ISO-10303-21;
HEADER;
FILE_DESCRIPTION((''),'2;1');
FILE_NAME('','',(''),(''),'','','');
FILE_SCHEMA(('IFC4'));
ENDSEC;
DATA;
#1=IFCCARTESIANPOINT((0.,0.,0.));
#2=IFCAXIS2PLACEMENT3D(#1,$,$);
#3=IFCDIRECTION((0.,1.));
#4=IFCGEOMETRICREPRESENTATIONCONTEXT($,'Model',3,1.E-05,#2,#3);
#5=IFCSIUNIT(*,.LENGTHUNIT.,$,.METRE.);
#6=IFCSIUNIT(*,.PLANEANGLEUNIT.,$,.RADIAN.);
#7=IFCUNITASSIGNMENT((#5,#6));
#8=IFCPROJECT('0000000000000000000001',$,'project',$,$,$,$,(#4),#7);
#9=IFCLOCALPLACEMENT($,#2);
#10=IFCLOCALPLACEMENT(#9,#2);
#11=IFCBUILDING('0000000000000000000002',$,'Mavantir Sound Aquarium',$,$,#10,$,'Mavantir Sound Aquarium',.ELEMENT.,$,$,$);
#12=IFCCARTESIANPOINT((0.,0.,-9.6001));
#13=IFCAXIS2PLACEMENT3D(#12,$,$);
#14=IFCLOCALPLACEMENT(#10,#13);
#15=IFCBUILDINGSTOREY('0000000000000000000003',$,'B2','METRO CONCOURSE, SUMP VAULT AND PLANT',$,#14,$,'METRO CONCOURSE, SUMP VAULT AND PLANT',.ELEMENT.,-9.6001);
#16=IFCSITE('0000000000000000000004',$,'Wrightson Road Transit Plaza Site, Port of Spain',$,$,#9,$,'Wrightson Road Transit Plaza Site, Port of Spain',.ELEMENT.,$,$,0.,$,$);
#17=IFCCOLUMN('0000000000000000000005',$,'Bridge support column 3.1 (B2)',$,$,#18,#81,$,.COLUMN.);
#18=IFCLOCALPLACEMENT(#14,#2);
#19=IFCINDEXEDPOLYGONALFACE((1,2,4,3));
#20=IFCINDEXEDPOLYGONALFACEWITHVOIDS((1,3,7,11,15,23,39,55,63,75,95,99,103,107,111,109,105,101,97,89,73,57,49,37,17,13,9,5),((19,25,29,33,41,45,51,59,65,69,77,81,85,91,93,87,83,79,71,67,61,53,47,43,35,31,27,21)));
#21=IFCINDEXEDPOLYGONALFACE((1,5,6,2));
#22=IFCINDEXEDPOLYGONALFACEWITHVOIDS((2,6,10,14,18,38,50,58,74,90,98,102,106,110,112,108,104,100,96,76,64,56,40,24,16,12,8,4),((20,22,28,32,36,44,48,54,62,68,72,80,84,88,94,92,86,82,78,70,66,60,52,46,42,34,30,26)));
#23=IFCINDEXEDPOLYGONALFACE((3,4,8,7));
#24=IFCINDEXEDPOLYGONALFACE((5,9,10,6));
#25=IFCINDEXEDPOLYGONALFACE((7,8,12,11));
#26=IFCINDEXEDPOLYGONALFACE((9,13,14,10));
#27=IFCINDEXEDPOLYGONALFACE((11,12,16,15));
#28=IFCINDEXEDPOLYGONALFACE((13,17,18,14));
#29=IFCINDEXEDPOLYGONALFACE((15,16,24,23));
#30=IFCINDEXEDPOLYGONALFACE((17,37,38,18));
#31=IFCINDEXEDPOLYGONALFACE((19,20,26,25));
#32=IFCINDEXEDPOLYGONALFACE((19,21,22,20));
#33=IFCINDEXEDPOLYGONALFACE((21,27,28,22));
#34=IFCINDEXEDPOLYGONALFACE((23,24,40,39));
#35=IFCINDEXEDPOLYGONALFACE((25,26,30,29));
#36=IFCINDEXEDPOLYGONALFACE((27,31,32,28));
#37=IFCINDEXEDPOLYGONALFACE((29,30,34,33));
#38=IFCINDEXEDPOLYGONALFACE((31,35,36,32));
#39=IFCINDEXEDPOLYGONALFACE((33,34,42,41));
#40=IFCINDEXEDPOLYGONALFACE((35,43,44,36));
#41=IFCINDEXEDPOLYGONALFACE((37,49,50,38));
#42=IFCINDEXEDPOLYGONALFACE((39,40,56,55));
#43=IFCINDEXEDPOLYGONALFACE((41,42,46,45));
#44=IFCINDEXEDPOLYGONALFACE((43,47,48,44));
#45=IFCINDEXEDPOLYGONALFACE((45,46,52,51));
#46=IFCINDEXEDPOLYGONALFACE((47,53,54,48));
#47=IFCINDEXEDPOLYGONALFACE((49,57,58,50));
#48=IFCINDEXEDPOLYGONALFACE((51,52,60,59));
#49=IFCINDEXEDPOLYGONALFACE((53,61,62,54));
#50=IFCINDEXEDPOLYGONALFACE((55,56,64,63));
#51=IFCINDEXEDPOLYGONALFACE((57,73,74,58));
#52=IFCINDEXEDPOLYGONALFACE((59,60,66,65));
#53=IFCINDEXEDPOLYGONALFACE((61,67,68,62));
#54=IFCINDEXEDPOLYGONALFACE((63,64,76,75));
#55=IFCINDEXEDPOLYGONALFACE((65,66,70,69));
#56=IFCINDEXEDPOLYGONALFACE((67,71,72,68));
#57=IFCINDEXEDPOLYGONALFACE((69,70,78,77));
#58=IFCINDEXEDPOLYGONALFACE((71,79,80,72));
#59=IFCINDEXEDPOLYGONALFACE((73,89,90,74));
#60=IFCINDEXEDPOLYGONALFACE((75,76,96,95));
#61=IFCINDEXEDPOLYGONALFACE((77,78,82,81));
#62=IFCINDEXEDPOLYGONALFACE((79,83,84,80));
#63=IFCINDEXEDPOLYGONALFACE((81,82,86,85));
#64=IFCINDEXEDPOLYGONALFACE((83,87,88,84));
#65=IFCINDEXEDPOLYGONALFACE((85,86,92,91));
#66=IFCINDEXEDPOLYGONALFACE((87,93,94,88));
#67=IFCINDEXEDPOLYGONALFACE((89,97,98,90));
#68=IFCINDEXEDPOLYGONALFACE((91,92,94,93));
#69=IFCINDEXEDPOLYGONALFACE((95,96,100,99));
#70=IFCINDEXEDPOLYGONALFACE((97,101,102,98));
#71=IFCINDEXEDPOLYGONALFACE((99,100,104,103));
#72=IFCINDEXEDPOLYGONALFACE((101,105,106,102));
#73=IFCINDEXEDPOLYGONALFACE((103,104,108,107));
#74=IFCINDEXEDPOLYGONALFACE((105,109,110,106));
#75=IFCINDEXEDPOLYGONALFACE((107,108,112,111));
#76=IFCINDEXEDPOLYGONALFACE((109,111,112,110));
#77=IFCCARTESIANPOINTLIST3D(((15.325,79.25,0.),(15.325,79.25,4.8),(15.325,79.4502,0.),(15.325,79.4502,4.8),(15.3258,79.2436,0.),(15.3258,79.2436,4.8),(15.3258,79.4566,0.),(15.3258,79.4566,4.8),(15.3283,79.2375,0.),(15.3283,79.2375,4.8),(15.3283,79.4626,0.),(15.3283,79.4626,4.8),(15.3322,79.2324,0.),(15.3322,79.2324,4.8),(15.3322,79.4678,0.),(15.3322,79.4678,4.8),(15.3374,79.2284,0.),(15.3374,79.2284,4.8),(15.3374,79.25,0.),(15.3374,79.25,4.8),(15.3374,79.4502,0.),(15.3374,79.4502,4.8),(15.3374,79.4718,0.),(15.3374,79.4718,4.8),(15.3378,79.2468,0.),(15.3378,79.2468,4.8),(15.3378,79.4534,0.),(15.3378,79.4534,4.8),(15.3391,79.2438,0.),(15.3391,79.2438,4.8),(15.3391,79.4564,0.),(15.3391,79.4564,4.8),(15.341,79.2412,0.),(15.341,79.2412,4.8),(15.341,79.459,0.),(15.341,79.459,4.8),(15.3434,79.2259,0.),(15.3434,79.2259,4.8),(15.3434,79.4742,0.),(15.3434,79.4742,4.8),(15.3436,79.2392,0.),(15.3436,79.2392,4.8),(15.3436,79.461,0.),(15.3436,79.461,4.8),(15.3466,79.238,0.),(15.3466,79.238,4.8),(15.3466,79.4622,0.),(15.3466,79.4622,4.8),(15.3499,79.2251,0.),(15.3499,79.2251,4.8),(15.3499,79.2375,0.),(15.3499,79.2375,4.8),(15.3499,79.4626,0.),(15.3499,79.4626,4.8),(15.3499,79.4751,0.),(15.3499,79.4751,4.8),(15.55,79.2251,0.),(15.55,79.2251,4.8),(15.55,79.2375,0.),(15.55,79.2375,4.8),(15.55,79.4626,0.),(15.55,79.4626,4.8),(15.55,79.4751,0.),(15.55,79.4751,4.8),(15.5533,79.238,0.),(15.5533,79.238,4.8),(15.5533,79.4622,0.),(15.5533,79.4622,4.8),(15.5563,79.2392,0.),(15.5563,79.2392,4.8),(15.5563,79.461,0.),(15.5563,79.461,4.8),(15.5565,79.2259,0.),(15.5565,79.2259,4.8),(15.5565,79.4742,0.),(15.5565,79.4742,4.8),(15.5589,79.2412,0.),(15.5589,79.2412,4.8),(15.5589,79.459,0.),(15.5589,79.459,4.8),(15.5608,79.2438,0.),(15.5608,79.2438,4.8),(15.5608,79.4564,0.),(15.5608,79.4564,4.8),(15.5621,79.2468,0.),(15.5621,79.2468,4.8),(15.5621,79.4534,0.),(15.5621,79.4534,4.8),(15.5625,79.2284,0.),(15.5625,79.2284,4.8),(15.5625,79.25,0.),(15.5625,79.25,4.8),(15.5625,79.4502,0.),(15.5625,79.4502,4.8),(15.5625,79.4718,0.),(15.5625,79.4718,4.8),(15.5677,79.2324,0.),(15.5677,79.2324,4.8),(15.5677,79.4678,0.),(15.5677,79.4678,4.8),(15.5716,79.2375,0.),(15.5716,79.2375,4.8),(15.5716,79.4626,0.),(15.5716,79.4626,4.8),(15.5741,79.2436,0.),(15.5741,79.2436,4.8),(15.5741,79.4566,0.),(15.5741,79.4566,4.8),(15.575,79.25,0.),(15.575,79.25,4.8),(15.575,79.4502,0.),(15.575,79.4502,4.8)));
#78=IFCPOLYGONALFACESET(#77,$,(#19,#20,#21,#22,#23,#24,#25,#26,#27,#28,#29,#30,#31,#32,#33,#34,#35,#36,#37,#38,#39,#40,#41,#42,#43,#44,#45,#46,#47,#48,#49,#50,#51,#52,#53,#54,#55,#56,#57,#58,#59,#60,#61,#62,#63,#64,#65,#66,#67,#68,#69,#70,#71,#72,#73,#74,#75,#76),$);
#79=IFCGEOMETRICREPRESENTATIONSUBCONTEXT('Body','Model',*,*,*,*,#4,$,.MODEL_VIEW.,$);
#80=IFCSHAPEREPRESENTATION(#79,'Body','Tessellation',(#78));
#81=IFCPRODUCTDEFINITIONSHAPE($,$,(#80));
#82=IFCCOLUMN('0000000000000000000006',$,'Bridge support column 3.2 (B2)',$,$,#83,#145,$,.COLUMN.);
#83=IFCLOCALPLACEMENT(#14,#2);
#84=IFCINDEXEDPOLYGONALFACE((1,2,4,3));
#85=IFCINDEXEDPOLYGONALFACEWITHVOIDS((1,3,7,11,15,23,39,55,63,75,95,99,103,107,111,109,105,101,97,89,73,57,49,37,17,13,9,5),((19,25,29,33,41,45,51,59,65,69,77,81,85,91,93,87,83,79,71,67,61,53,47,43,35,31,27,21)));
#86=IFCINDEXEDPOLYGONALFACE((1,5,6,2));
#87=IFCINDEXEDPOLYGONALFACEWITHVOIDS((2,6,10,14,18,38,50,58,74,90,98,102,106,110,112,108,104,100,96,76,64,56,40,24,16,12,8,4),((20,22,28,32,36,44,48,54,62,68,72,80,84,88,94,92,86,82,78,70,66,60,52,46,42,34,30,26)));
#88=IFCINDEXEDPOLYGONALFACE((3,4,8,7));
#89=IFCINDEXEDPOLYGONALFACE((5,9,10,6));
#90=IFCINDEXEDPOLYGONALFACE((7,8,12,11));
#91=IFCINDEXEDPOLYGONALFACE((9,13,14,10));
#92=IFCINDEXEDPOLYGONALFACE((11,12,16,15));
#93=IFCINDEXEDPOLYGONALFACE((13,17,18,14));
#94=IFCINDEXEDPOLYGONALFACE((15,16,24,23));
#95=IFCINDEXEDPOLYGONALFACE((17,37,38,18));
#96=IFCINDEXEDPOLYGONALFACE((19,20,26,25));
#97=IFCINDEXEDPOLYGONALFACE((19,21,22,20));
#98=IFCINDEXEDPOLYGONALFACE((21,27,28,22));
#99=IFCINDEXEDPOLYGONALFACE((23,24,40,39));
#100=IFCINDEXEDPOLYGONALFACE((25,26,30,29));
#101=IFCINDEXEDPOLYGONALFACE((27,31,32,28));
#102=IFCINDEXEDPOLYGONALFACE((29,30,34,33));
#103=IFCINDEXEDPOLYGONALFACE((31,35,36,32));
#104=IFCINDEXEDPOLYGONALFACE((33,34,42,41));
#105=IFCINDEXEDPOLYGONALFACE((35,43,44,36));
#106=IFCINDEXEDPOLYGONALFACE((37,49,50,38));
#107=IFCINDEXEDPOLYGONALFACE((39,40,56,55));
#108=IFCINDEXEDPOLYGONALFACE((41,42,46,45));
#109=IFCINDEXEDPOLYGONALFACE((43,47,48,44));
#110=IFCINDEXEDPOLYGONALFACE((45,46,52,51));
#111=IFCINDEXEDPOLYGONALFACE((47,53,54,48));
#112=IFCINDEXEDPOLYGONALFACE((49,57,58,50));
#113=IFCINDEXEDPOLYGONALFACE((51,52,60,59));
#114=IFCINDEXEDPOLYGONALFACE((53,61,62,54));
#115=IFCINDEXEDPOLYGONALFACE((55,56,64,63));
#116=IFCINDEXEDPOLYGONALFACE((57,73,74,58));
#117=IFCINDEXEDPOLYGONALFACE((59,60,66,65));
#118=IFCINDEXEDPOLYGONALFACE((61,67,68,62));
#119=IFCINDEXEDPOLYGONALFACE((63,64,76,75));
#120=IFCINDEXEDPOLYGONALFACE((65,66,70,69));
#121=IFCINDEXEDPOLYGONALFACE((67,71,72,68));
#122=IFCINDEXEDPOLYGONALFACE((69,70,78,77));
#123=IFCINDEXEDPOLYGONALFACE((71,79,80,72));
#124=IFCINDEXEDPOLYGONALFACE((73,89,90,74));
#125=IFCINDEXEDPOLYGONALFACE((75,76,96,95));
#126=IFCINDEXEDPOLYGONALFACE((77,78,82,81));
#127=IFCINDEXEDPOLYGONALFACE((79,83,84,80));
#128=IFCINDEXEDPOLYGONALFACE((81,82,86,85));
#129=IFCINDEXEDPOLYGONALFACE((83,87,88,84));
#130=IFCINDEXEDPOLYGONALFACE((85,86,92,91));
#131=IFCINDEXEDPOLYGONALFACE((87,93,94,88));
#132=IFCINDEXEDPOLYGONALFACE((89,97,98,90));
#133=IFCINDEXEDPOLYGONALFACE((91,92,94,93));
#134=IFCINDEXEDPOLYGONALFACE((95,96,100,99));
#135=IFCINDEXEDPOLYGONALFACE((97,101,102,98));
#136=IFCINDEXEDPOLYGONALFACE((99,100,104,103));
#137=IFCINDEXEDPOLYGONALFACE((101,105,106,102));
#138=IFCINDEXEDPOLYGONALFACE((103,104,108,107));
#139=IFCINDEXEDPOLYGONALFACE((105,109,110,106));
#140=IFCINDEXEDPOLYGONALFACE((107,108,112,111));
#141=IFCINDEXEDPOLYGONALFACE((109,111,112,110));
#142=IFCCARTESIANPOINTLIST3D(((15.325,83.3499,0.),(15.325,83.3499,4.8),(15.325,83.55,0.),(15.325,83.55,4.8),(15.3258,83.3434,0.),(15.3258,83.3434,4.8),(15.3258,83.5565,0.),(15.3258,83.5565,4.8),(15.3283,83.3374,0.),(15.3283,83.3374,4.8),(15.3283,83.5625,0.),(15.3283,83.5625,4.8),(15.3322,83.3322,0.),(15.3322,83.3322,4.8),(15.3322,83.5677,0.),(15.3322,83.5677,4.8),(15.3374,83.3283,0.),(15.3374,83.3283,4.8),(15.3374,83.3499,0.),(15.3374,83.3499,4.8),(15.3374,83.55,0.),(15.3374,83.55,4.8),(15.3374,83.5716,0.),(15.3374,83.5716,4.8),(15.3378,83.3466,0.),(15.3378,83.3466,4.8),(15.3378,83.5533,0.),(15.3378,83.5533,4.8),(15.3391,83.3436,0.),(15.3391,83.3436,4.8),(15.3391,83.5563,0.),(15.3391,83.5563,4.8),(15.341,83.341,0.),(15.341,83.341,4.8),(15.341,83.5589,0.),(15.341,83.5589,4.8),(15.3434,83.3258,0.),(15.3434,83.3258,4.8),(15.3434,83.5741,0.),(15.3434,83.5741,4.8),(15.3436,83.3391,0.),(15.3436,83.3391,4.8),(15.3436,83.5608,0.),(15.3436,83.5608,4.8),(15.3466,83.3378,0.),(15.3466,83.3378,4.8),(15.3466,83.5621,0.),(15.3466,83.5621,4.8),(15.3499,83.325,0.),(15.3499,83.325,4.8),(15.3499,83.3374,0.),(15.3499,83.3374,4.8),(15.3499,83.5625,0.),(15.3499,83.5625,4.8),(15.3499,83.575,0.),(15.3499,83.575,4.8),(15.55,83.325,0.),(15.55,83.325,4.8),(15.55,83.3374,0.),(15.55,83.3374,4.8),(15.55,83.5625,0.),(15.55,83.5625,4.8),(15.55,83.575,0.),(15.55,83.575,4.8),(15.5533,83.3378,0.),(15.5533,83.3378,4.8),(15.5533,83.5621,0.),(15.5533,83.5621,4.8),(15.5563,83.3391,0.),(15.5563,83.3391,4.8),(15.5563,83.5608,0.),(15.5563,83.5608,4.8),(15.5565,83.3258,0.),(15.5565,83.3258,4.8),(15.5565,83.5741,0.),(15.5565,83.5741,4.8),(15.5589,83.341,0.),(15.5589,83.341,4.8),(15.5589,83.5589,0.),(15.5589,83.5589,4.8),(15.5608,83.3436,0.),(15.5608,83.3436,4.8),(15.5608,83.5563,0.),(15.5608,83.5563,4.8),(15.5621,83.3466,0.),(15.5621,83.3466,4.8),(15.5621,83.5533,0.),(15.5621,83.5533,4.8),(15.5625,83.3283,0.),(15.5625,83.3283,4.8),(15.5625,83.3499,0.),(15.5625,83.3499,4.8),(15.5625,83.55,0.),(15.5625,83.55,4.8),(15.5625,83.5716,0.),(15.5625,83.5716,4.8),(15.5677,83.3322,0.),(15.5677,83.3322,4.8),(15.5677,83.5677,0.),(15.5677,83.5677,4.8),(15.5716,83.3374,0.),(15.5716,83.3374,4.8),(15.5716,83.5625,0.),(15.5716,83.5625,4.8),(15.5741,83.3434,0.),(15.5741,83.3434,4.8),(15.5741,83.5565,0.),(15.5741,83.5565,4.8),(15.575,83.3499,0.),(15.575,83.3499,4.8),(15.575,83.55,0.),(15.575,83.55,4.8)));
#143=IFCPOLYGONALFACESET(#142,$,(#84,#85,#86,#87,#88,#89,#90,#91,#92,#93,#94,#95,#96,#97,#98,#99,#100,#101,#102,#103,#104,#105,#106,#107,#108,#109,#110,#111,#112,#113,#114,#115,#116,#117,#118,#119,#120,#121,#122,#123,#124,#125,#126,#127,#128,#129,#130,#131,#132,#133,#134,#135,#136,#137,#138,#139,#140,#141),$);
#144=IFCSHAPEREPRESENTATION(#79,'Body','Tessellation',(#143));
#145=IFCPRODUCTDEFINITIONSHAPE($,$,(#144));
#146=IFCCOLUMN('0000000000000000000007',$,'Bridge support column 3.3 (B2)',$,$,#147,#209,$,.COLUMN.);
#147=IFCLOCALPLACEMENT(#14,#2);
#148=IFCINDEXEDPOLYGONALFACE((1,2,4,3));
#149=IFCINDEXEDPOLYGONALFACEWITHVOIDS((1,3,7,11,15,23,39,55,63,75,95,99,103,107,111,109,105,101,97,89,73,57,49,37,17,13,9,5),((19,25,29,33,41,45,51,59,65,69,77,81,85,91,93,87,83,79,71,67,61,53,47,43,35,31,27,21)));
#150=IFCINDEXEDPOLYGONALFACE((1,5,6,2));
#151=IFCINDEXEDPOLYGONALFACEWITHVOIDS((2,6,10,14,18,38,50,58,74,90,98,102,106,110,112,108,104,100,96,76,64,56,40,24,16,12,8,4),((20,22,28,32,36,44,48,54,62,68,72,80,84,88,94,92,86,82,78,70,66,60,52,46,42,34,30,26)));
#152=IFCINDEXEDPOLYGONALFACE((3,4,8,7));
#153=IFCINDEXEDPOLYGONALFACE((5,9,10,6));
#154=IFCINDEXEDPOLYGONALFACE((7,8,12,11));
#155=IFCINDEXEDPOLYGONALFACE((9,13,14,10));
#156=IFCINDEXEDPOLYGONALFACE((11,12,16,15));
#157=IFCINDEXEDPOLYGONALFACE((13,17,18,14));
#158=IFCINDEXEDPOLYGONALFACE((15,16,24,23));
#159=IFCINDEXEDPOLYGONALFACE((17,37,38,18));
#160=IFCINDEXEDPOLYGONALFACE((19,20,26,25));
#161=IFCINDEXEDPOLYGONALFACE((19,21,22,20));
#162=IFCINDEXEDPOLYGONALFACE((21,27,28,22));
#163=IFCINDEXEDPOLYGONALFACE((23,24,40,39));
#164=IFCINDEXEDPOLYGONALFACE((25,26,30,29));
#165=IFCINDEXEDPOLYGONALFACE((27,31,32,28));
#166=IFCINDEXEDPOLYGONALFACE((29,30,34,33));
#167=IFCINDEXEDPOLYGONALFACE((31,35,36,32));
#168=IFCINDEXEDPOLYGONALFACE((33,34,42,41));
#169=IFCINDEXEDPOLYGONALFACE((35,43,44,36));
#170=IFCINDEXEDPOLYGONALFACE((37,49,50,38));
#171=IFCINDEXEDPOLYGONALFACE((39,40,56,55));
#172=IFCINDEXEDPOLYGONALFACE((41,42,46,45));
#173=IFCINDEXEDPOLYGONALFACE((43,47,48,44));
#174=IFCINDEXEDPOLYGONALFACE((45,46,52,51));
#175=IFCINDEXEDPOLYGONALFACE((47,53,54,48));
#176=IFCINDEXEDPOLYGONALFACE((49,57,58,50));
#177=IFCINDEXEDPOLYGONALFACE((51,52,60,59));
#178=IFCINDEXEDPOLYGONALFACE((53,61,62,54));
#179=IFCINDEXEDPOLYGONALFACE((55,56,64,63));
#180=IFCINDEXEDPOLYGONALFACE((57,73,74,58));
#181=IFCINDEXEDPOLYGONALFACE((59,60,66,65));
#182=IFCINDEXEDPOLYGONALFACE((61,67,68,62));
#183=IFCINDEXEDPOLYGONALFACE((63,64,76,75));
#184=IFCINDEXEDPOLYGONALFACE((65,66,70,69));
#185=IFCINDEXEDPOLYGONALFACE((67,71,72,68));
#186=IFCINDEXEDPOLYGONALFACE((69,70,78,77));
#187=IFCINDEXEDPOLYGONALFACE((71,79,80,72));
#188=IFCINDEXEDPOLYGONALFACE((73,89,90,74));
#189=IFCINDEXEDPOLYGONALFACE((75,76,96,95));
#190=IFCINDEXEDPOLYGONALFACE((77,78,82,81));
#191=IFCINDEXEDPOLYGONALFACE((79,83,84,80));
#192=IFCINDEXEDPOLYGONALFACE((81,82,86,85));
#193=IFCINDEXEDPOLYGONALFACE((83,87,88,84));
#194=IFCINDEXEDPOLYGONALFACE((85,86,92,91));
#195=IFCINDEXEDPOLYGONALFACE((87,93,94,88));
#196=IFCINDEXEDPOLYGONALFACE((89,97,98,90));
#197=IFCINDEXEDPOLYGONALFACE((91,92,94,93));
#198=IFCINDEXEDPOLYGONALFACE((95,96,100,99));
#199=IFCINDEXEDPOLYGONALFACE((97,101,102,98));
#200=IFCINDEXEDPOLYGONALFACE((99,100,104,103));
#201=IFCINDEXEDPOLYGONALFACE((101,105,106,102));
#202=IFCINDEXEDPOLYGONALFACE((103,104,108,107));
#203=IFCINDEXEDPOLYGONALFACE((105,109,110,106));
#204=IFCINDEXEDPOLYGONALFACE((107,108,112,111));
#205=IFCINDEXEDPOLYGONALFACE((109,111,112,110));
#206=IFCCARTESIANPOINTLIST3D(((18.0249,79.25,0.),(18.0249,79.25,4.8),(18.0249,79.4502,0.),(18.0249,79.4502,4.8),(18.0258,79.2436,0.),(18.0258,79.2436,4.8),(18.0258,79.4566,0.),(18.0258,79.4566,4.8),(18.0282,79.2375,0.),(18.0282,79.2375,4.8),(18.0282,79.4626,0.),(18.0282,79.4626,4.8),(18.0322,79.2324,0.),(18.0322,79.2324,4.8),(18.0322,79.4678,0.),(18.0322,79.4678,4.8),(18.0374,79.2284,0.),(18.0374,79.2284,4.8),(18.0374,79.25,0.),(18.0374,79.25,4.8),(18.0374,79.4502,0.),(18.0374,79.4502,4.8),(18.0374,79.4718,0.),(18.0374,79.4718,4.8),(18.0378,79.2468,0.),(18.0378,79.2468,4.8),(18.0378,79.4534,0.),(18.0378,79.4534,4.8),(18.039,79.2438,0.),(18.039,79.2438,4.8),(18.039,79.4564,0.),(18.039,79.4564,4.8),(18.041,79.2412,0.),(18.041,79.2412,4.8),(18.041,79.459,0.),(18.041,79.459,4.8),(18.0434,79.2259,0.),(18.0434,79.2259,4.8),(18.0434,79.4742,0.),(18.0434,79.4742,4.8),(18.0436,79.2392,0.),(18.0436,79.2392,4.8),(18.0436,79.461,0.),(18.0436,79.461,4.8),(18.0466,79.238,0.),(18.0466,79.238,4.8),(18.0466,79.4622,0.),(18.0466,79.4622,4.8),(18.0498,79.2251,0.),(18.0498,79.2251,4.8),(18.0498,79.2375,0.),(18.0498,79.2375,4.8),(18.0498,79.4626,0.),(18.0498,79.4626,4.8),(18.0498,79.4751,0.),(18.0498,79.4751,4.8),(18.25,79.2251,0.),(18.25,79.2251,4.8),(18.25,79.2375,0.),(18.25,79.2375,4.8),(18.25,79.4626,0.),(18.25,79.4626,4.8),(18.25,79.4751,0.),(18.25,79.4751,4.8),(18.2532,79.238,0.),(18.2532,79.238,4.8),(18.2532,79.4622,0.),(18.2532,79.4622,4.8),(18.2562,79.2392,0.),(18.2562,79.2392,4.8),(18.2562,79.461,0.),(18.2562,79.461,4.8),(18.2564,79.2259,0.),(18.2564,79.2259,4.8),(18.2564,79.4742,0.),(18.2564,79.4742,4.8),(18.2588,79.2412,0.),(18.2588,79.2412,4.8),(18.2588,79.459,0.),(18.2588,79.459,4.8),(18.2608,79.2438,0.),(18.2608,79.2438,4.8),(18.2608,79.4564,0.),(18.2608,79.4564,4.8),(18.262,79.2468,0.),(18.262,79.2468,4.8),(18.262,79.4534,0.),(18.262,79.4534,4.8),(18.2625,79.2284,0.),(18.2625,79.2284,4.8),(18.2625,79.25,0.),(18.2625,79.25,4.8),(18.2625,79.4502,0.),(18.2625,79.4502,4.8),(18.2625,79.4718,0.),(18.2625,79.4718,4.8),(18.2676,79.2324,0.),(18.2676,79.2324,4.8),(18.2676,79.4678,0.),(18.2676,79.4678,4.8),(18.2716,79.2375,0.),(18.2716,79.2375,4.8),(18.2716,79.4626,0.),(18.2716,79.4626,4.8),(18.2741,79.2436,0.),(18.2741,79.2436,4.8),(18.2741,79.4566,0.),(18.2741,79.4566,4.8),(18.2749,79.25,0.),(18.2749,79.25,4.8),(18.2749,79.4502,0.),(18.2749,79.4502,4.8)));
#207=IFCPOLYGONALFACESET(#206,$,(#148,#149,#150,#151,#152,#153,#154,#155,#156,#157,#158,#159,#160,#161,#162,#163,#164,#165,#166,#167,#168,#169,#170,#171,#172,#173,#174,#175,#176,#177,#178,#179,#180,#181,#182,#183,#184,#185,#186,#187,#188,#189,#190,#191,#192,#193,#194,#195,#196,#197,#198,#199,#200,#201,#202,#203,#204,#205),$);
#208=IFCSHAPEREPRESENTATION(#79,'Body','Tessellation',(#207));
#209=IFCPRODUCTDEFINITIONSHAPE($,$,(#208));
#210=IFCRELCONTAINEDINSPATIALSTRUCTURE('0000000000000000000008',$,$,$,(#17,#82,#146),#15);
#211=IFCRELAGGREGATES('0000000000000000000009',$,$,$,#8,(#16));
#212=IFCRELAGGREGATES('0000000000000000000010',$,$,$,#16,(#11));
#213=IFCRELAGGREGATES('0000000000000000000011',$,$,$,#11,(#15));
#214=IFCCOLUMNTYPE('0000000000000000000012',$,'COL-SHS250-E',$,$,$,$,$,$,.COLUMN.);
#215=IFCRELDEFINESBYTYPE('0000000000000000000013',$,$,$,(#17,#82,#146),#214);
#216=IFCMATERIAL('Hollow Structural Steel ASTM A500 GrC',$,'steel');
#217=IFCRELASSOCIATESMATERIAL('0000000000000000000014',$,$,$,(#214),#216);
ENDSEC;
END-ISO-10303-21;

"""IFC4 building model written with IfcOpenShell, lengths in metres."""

from ifc_helpers import new_model, si_unit, direction, frame, origin, origin_2d, place, context, subcontext, project, spatial, hollow_rectangle, extrude, material, material_profile, profile_set, type_object, element, save


model = new_model("IFC4")

# Units and contexts
model_context = context("Model", 3, precision=1e-05, world=origin(), true_north=direction((0.0, 1.0)))
body_context = subcontext(model_context, "Body", "Model", "MODEL_VIEW")
ifc_project = project(units=[si_unit("LENGTHUNIT", "METRE"), si_unit("PLANEANGLEUNIT", "RADIAN")], contexts=[model_context])

# Site, building, storey
site_placement = place(None, origin())
site = spatial("IfcSite", under=ifc_project, at=site_placement, Name="Wrightson Road Transit Plaza Site, Port of Spain", LongName="Wrightson Road Transit Plaza Site, Port of Spain", CompositionType="ELEMENT", RefElevation=0.0)
building_placement = place(site_placement, origin())
building = spatial("IfcBuilding", under=site, at=building_placement, Name="Mavantir Sound Aquarium", LongName="Mavantir Sound Aquarium", CompositionType="ELEMENT")
storey_placement = place(building_placement, frame((0.0, 0.0, -9.6001)))
storey = spatial("IfcBuildingStorey", under=building, at=storey_placement, Name="B2", Description="METRO CONCOURSE, SUMP VAULT AND PLANT", LongName="METRO CONCOURSE, SUMP VAULT AND PLANT", CompositionType="ELEMENT", Elevation=-9.6001)

# Columns
ifc_material_1 = material(Name="Hollow Structural Steel ASTM A500 GrC", Category="steel")
ifc_material_profile_1 = material_profile(ifc_material_1, hollow_rectangle(XDim=0.25, YDim=0.25, WallThickness=0.0125, InnerFilletRadius=0.0125, OuterFilletRadius=0.0249, at=origin_2d()), Name="SHS 250X250X12.5")
ifc_profile_set_1 = profile_set([ifc_material_profile_1], Name="Hollow Structural Steel ASTM A500 GrC")
column_type_1 = type_object("IfcColumnType", Name="COL-SHS250-E", PredefinedType="COLUMN", material=ifc_profile_set_1)
for number, where, z_axis, x_axis, name in (
    (1, (15.45, 79.3501, 0.0), (0.0, 0.0, 1.0), (1.0, 0.0, 0.0), "Bridge support column 3.1 (B2)"),
    (2, (15.45, 83.45, 0.0), (0.0, 0.0, 1.0), (1.0, 0.0, 0.0), "Bridge support column 3.2 (B2)"),
    (3, (18.1499, 79.3501, 0.0), (0.0, 0.0, 1.0), (1.0, 0.0, 0.0), "Bridge support column 3.3 (B2)"),
):
    element("IfcColumn", number, at=place(storey_placement, frame(where, z_axis=z_axis, x_axis=x_axis)), inside=storey, type_object=column_type_1, Name=name, PredefinedType="COLUMN", context=body_context, shape_type="SweptSolid", body=[
        extrude(hollow_rectangle(XDim=0.25, YDim=0.25, WallThickness=0.0125, InnerFilletRadius=0.0125, OuterFilletRadius=0.0249, at=origin_2d()), origin(), (0.0, 0.0, 1.0), 4.8),
    ])

save(model, "model.ifc")
